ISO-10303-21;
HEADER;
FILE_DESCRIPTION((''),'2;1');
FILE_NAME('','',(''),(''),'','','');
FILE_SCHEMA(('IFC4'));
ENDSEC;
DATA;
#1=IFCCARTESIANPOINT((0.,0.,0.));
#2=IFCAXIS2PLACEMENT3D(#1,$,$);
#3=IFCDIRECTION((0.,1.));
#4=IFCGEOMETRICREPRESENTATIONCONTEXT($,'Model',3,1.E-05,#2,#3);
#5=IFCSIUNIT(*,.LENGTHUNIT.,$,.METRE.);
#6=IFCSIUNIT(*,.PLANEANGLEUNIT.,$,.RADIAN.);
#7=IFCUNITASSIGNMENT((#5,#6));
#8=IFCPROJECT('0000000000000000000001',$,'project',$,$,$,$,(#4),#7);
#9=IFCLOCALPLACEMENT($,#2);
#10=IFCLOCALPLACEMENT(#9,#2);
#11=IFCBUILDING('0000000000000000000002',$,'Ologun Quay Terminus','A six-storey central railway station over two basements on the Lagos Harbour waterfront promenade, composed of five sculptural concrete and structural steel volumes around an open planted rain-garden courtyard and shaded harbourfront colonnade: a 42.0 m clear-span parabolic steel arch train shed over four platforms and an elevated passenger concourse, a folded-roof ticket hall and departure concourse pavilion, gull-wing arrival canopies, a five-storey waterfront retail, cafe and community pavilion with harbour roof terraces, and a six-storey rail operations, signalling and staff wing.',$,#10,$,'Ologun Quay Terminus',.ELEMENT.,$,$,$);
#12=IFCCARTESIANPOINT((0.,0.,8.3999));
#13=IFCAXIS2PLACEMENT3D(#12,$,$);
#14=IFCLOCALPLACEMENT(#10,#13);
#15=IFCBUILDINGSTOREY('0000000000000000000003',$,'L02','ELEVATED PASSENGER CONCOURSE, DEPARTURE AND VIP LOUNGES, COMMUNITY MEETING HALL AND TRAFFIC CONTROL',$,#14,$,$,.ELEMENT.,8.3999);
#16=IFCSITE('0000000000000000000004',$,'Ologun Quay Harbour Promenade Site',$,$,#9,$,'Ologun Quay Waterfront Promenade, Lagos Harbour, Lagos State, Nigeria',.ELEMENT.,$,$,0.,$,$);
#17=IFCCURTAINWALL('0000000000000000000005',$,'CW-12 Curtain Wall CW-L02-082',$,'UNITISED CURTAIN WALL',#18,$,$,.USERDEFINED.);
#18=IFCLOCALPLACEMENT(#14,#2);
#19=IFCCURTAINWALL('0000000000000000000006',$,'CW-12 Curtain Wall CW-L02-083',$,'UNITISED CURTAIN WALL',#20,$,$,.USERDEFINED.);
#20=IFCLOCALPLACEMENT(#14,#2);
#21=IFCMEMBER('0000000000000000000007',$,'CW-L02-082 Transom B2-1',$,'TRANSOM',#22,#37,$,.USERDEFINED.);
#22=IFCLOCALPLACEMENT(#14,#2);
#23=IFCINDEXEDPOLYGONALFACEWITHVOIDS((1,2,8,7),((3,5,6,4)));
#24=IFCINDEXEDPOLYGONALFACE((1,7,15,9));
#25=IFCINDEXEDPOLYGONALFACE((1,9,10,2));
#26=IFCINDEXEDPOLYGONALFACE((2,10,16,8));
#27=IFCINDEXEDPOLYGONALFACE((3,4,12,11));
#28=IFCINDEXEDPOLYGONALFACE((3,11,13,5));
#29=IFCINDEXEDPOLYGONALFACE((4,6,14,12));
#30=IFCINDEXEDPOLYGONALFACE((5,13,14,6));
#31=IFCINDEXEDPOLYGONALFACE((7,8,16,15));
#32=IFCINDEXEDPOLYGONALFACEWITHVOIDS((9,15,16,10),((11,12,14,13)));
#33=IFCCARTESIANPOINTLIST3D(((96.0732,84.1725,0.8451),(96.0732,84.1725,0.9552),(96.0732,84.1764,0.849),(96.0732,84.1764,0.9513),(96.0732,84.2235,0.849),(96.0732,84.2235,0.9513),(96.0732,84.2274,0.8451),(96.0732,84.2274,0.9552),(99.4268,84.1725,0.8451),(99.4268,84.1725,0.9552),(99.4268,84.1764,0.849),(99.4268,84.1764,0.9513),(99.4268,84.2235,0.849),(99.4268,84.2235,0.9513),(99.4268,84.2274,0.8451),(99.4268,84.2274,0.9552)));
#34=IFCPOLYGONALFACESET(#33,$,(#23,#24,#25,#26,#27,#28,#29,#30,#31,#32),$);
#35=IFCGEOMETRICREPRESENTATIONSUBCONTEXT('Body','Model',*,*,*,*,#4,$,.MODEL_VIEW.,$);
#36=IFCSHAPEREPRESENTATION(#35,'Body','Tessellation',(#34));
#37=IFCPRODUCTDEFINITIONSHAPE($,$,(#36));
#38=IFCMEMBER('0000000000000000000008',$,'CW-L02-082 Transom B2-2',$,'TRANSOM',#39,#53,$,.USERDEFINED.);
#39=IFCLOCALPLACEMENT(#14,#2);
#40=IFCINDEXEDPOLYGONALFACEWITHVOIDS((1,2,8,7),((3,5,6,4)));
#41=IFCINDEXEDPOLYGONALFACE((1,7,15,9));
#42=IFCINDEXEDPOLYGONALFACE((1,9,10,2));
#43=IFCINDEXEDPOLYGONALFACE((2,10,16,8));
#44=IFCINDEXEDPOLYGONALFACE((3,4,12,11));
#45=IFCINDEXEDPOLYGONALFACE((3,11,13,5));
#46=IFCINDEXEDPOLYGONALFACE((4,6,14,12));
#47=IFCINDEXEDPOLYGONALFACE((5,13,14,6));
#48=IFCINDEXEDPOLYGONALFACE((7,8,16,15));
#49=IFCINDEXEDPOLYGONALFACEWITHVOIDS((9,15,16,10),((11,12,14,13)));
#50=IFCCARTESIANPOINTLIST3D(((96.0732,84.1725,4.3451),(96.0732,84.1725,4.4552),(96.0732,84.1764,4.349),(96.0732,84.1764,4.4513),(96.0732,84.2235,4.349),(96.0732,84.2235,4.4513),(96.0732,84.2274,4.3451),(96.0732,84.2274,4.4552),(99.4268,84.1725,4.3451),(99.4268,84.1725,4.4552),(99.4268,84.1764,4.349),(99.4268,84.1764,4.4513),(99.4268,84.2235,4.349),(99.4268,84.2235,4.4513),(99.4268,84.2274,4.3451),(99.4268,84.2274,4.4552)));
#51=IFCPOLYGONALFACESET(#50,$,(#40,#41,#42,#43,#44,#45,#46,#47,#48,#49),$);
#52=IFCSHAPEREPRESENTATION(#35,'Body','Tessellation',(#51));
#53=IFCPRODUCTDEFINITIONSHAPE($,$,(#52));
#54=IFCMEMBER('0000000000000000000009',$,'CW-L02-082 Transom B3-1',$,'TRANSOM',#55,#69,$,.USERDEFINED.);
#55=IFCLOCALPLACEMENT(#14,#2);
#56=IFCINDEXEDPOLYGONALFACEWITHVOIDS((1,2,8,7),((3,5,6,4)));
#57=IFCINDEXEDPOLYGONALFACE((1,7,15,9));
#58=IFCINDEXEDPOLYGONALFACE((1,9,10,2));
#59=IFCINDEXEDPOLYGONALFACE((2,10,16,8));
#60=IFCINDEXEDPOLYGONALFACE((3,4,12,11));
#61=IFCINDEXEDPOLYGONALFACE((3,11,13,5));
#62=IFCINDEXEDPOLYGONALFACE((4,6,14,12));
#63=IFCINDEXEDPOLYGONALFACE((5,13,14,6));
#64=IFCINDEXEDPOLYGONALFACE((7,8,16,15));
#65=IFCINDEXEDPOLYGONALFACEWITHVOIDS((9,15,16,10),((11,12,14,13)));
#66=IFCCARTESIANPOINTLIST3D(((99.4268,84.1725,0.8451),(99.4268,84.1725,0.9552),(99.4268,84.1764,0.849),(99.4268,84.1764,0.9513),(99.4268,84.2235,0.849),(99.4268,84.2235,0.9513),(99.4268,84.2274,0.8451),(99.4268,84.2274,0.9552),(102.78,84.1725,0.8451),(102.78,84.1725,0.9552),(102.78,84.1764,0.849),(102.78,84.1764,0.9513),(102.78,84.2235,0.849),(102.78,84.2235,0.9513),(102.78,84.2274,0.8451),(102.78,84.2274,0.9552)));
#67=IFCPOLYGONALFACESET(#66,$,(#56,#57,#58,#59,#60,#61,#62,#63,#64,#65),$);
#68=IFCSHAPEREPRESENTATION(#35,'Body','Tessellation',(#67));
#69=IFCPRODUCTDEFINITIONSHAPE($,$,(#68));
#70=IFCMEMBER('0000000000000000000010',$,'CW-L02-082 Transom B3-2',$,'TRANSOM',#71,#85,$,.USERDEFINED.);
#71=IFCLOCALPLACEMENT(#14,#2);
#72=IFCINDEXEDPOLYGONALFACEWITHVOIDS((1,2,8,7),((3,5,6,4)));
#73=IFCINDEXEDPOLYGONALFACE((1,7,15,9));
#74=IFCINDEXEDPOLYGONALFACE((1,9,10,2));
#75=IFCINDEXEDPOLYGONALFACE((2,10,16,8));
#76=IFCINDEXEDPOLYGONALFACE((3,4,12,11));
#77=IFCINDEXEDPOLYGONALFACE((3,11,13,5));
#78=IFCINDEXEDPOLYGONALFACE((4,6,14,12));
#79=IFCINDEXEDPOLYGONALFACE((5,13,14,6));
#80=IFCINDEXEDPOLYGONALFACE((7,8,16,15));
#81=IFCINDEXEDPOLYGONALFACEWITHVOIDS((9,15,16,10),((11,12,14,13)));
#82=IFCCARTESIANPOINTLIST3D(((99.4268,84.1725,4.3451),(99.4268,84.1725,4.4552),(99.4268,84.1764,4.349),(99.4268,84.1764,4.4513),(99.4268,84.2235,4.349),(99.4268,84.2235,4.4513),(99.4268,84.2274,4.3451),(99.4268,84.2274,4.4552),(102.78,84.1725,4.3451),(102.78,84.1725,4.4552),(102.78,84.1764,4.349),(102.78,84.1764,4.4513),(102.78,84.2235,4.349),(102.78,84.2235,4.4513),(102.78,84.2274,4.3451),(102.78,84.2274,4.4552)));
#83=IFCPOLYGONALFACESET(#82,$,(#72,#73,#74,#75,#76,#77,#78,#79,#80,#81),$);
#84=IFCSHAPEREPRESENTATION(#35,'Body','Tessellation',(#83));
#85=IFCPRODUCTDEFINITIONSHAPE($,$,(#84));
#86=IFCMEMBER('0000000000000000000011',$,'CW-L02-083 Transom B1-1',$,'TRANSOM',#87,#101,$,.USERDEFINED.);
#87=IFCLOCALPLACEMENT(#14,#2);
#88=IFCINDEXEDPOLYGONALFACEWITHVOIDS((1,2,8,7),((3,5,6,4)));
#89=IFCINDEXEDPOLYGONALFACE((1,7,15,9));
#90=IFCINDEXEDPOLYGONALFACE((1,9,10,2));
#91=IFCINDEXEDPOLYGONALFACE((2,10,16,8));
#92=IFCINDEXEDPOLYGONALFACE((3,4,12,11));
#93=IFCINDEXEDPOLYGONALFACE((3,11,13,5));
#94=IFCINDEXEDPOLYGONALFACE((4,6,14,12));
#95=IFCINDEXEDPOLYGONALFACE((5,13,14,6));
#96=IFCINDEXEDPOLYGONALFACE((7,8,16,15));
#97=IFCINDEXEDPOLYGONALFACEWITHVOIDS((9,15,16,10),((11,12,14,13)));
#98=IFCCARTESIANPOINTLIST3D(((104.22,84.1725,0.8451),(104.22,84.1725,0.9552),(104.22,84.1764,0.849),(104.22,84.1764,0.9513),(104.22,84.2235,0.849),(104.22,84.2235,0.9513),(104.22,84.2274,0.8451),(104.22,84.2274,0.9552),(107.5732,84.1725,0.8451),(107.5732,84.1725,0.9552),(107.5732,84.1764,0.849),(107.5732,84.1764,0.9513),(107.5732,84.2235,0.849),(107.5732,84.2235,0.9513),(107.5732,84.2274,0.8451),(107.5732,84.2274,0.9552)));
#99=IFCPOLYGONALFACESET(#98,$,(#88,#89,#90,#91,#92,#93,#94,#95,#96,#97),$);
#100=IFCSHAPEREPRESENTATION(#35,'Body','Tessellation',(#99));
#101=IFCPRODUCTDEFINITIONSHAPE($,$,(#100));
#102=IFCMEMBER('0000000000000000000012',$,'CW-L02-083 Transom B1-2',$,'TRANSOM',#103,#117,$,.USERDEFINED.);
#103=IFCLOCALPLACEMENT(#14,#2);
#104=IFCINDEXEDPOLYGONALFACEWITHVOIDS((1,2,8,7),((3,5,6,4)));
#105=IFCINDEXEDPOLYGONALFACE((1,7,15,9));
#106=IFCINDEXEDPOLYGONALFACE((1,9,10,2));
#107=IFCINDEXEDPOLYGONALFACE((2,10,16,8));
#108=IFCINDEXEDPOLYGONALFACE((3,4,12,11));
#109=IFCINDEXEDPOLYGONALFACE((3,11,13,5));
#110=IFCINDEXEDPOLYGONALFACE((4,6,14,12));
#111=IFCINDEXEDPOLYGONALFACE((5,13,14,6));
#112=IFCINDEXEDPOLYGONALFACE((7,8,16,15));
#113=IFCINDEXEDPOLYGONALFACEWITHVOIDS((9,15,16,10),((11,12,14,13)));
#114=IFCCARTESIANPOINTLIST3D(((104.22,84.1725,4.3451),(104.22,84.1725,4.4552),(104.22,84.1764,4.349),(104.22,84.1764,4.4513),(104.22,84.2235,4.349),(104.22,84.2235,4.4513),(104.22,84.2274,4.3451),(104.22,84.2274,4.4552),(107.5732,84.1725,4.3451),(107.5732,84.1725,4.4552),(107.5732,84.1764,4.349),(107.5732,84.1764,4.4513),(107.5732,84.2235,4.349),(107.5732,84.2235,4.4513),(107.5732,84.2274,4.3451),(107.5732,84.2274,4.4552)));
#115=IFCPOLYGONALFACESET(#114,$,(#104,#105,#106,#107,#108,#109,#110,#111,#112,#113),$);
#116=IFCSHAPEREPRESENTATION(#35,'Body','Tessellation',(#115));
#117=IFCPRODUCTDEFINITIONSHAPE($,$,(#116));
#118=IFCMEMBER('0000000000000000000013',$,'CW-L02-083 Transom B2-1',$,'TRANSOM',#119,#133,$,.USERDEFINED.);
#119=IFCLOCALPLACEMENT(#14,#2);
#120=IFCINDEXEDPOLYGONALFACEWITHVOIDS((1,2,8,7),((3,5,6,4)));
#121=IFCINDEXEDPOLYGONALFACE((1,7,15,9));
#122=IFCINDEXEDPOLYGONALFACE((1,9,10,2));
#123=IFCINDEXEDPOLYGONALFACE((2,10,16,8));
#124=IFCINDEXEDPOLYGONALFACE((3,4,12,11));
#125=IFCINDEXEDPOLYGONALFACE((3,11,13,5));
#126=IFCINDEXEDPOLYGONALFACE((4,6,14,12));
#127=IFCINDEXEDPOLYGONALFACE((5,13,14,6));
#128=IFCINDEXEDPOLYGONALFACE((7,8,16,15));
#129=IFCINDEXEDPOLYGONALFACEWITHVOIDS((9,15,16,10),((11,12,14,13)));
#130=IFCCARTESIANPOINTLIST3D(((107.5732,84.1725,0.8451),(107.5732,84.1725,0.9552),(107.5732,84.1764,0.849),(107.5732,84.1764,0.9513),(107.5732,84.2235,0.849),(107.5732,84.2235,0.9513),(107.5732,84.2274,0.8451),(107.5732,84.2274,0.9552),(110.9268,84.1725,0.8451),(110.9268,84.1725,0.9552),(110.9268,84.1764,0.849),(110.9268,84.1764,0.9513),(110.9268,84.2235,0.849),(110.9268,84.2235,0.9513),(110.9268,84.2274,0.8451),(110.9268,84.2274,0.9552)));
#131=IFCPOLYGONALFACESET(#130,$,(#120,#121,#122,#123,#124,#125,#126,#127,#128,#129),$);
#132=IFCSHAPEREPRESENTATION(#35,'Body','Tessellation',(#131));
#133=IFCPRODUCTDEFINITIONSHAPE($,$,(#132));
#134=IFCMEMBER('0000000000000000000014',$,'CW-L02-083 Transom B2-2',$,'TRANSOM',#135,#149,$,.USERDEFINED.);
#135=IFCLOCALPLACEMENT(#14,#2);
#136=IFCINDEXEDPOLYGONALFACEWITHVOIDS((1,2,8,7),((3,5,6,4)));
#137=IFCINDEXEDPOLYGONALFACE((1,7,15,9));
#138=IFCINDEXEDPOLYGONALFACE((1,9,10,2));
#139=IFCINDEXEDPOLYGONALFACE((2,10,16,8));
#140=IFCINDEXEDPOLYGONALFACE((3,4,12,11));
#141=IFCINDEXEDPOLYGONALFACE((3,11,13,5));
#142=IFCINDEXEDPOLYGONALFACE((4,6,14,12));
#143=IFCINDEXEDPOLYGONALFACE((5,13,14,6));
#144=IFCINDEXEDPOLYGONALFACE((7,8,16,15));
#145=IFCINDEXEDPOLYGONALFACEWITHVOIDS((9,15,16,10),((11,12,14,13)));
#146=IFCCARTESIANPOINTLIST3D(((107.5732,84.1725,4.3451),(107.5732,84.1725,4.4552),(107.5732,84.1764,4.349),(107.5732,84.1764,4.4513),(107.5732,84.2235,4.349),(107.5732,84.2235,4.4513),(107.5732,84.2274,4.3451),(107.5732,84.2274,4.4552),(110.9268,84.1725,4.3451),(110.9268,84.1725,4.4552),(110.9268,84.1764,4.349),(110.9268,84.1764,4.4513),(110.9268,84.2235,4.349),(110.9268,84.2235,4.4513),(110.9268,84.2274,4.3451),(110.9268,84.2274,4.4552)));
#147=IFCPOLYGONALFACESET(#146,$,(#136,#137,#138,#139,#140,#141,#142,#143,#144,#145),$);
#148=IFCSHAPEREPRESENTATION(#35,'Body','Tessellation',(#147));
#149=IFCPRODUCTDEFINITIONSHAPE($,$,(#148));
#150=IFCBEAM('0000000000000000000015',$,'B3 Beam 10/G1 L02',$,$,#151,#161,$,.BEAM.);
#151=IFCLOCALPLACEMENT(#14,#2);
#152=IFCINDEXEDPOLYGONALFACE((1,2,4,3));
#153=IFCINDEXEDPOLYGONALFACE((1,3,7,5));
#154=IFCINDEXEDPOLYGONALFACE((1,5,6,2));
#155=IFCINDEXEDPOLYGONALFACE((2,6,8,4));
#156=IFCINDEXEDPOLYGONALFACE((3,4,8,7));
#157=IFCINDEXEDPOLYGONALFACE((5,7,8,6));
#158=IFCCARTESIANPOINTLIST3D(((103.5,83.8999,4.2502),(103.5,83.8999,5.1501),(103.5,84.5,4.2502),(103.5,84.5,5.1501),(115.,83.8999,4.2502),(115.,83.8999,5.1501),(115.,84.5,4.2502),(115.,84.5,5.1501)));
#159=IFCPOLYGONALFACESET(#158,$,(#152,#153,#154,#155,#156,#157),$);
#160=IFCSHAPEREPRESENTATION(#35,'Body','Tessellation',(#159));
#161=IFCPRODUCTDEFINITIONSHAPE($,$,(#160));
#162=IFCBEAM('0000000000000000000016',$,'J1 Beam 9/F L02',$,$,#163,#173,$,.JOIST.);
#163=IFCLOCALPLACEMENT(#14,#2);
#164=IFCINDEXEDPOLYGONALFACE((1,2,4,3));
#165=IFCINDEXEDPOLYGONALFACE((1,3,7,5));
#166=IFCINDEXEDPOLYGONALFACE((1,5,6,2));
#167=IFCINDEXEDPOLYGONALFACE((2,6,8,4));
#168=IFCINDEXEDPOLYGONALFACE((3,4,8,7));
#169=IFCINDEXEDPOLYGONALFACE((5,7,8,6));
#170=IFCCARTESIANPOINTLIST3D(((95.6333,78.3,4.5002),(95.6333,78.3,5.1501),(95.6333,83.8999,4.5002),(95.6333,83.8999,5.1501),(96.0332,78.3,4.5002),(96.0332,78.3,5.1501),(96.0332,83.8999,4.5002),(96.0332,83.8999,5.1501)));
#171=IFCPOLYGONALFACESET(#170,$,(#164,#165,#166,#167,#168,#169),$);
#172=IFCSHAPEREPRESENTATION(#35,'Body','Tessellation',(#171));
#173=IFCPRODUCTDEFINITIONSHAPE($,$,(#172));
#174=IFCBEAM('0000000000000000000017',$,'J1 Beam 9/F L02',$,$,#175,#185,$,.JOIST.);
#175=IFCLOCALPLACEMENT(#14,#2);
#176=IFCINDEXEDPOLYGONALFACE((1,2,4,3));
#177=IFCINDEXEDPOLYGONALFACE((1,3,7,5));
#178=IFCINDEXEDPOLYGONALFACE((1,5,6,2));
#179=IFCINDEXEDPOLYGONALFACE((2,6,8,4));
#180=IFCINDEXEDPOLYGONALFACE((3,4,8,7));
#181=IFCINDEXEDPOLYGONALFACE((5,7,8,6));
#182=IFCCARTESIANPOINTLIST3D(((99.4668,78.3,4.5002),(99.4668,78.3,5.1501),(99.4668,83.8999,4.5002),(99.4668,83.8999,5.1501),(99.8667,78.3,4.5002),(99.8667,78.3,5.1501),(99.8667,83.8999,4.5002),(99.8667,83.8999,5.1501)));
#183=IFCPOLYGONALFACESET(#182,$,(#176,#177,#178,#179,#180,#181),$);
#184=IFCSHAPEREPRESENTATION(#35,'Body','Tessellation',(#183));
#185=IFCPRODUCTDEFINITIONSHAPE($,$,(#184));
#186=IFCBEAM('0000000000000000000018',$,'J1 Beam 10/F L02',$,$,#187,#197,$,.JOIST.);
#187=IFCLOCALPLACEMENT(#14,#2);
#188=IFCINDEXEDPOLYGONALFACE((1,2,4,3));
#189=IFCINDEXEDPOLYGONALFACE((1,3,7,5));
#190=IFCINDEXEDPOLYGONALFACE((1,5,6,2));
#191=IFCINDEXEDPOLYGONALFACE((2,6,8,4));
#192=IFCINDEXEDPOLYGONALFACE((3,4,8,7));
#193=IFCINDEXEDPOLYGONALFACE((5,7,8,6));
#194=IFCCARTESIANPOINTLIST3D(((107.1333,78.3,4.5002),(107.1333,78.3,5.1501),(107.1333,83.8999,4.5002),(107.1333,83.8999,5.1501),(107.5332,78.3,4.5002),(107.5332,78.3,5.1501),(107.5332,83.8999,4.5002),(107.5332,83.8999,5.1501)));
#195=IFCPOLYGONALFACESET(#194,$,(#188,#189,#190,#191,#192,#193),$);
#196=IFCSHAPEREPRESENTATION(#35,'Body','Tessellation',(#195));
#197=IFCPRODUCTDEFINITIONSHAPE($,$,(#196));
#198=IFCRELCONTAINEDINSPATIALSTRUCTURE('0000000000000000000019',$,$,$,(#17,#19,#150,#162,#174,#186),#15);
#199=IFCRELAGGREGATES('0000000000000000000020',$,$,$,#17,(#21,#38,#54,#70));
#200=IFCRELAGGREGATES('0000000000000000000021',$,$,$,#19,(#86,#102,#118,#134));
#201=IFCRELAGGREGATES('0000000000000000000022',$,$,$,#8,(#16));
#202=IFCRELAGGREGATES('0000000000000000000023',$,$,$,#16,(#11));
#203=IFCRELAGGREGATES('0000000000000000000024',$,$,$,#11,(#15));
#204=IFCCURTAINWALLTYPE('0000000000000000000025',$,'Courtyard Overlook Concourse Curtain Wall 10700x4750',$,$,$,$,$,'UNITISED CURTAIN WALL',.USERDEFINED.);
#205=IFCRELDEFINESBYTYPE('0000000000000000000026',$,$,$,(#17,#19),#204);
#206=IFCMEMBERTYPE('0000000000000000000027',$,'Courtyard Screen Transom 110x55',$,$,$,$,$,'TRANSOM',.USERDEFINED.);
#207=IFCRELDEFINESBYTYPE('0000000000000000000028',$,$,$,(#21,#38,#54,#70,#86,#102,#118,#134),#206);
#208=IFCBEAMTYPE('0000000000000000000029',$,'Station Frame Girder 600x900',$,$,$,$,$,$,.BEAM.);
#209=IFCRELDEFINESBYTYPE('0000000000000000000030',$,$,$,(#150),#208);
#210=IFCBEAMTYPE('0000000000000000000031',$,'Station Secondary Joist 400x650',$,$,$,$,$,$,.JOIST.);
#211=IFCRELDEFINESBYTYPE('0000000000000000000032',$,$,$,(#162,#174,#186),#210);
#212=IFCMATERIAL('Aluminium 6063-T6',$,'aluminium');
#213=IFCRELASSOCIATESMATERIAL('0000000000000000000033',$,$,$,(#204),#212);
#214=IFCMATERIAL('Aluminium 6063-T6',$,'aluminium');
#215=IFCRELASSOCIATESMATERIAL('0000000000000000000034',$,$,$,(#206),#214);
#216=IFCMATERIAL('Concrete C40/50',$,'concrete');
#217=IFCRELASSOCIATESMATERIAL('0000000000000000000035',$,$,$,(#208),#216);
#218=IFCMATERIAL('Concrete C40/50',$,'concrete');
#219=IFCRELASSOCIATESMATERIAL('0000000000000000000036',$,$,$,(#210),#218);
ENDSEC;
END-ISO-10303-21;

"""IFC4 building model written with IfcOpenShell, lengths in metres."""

from ifc_helpers import new_model, si_unit, direction, frame, origin, origin_2d, place, context, subcontext, project, spatial, rectangle, hollow_rectangle, extrude, material, material_profile, profile_set, type_object, element, aggregate, save


model = new_model("IFC4")

# Units and contexts
model_context = context("Model", 3, precision=1e-05, world=origin(), true_north=direction((0.0, 1.0)))
body_context = subcontext(model_context, "Body", "Model", "MODEL_VIEW")
ifc_project = project(units=[si_unit("LENGTHUNIT", "METRE"), si_unit("PLANEANGLEUNIT", "RADIAN")], contexts=[model_context])

# Site, building, storey
site_placement = place(None, origin())
site = spatial("IfcSite", under=ifc_project, at=site_placement, Name="Ologun Quay Harbour Promenade Site", LongName="Ologun Quay Waterfront Promenade, Lagos Harbour, Lagos State, Nigeria", CompositionType="ELEMENT", RefElevation=0.0)
building_placement = place(site_placement, origin())
building = spatial("IfcBuilding", under=site, at=building_placement, Name="Ologun Quay Terminus", Description="A six-storey central railway station over two basements on the Lagos Harbour waterfront promenade, composed of five sculptural concrete and structural steel volumes around an open planted rain-garden courtyard and shaded harbourfront colonnade: a 42.0 m clear-span parabolic steel arch train shed over four platforms and an elevated passenger concourse, a folded-roof ticket hall and departure concourse pavilion, gull-wing arrival canopies, a five-storey waterfront retail, cafe and community pavilion with harbour roof terraces, and a six-storey rail operations, signalling and staff wing.", LongName="Ologun Quay Terminus", CompositionType="ELEMENT")
storey_placement = place(building_placement, frame((0.0, 0.0, 8.3999)))
storey = spatial("IfcBuildingStorey", under=building, at=storey_placement, Name="L02", Description="ELEVATED PASSENGER CONCOURSE, DEPARTURE AND VIP LOUNGES, COMMUNITY MEETING HALL AND TRAFFIC CONTROL", CompositionType="ELEMENT", Elevation=8.3999)

# Curtain walls
ifc_material_1 = material(Name="Aluminium 6063-T6", Category="aluminium")
curtain_wall_type_1 = type_object("IfcCurtainWallType", Name="Courtyard Overlook Concourse Curtain Wall 10700x4750", ElementType="UNITISED CURTAIN WALL", PredefinedType="USERDEFINED", material=ifc_material_1)
curtain_wall_1_placement = place(storey_placement, origin())
curtain_wall_1 = element("IfcCurtainWall", 1, at=curtain_wall_1_placement, inside=storey, type_object=curtain_wall_type_1, Name="CW-12 Curtain Wall CW-L02-082", ObjectType="UNITISED CURTAIN WALL", PredefinedType="USERDEFINED")
curtain_wall_2_placement = place(storey_placement, origin())
curtain_wall_2 = element("IfcCurtainWall", 2, at=curtain_wall_2_placement, inside=storey, type_object=curtain_wall_type_1, Name="CW-12 Curtain Wall CW-L02-083", ObjectType="UNITISED CURTAIN WALL", PredefinedType="USERDEFINED")

# Members
ifc_material_2 = material(Name="Aluminium 6063-T6", Category="aluminium")
ifc_material_profile_1 = material_profile(ifc_material_2, hollow_rectangle(XDim=0.0549, YDim=0.1101, WallThickness=0.0039, at=origin_2d()), Name="ALU 110x55x4")
ifc_profile_set_1 = profile_set([ifc_material_profile_1], Name="Aluminium 6063-T6")
member_type_1 = type_object("IfcMemberType", Name="Courtyard Screen Transom 110x55", ElementType="TRANSOM", PredefinedType="USERDEFINED", material=ifc_profile_set_1)
member_1_placement = place(storey_placement, frame((96.0732, 84.2, 0.9001), z_axis=(1.0, 0.0, 0.0), x_axis=(0.0, 1.0, 0.0)))
member_1 = element("IfcMember", 3, at=member_1_placement, type_object=member_type_1, Name="CW-L02-082 Transom B2-1", ObjectType="TRANSOM", PredefinedType="USERDEFINED", context=body_context, shape_type="SweptSolid", body=[
    extrude(hollow_rectangle(XDim=0.0549, YDim=0.1101, WallThickness=0.0039, at=origin_2d()), origin(), (0.0, 0.0, 1.0), 3.3535),
])
member_2_placement = place(storey_placement, frame((96.0732, 84.2, 4.4001), z_axis=(1.0, 0.0, 0.0), x_axis=(0.0, 1.0, 0.0)))
member_2 = element("IfcMember", 4, at=member_2_placement, type_object=member_type_1, Name="CW-L02-082 Transom B2-2", ObjectType="TRANSOM", PredefinedType="USERDEFINED", context=body_context, shape_type="SweptSolid", body=[
    extrude(hollow_rectangle(XDim=0.0549, YDim=0.1101, WallThickness=0.0039, at=origin_2d()), origin(), (0.0, 0.0, 1.0), 3.3535),
])
member_3_placement = place(storey_placement, frame((99.4268, 84.2, 0.9001), z_axis=(1.0, 0.0, 0.0), x_axis=(0.0, 1.0, 0.0)))
member_3 = element("IfcMember", 5, at=member_3_placement, type_object=member_type_1, Name="CW-L02-082 Transom B3-1", ObjectType="TRANSOM", PredefinedType="USERDEFINED", context=body_context, shape_type="SweptSolid", body=[
    extrude(hollow_rectangle(XDim=0.0549, YDim=0.1101, WallThickness=0.0039, at=origin_2d()), origin(), (0.0, 0.0, 1.0), 3.3533),
])
member_4_placement = place(storey_placement, frame((99.4268, 84.2, 4.4001), z_axis=(1.0, 0.0, 0.0), x_axis=(0.0, 1.0, 0.0)))
member_4 = element("IfcMember", 6, at=member_4_placement, type_object=member_type_1, Name="CW-L02-082 Transom B3-2", ObjectType="TRANSOM", PredefinedType="USERDEFINED", context=body_context, shape_type="SweptSolid", body=[
    extrude(hollow_rectangle(XDim=0.0549, YDim=0.1101, WallThickness=0.0039, at=origin_2d()), origin(), (0.0, 0.0, 1.0), 3.3533),
])
member_5_placement = place(storey_placement, frame((104.22, 84.2, 0.9001), z_axis=(1.0, 0.0, 0.0), x_axis=(0.0, 1.0, 0.0)))
member_5 = element("IfcMember", 7, at=member_5_placement, type_object=member_type_1, Name="CW-L02-083 Transom B1-1", ObjectType="TRANSOM", PredefinedType="USERDEFINED", context=body_context, shape_type="SweptSolid", body=[
    extrude(hollow_rectangle(XDim=0.0549, YDim=0.1101, WallThickness=0.0039, at=origin_2d()), origin(), (0.0, 0.0, 1.0), 3.3533),
])
member_6_placement = place(storey_placement, frame((104.22, 84.2, 4.4001), z_axis=(1.0, 0.0, 0.0), x_axis=(0.0, 1.0, 0.0)))
member_6 = element("IfcMember", 8, at=member_6_placement, type_object=member_type_1, Name="CW-L02-083 Transom B1-2", ObjectType="TRANSOM", PredefinedType="USERDEFINED", context=body_context, shape_type="SweptSolid", body=[
    extrude(hollow_rectangle(XDim=0.0549, YDim=0.1101, WallThickness=0.0039, at=origin_2d()), origin(), (0.0, 0.0, 1.0), 3.3533),
])
member_7_placement = place(storey_placement, frame((107.5732, 84.2, 0.9001), z_axis=(1.0, 0.0, 0.0), x_axis=(0.0, 1.0, 0.0)))
member_7 = element("IfcMember", 9, at=member_7_placement, type_object=member_type_1, Name="CW-L02-083 Transom B2-1", ObjectType="TRANSOM", PredefinedType="USERDEFINED", context=body_context, shape_type="SweptSolid", body=[
    extrude(hollow_rectangle(XDim=0.0549, YDim=0.1101, WallThickness=0.0039, at=origin_2d()), origin(), (0.0, 0.0, 1.0), 3.3535),
])
member_8_placement = place(storey_placement, frame((107.5732, 84.2, 4.4001), z_axis=(1.0, 0.0, 0.0), x_axis=(0.0, 1.0, 0.0)))
member_8 = element("IfcMember", 10, at=member_8_placement, type_object=member_type_1, Name="CW-L02-083 Transom B2-2", ObjectType="TRANSOM", PredefinedType="USERDEFINED", context=body_context, shape_type="SweptSolid", body=[
    extrude(hollow_rectangle(XDim=0.0549, YDim=0.1101, WallThickness=0.0039, at=origin_2d()), origin(), (0.0, 0.0, 1.0), 3.3535),
])

# Beams
ifc_material_3 = material(Name="Concrete C40/50", Category="concrete")
ifc_material_profile_2 = material_profile(ifc_material_3, rectangle(XDim=0.6001, YDim=0.8999, at=origin_2d()), Name="RC 600x900")
ifc_profile_set_2 = profile_set([ifc_material_profile_2], Name="Concrete C40/50")
beam_type_1 = type_object("IfcBeamType", Name="Station Frame Girder 600x900", PredefinedType="BEAM", material=ifc_profile_set_2)
beam_placement = place(storey_placement, frame((103.5, 84.2, 4.7002), z_axis=(1.0, 0.0, 0.0), x_axis=(0.0, 1.0, 0.0)))
element("IfcBeam", 11, at=beam_placement, inside=storey, type_object=beam_type_1, Name="B3 Beam 10/G1 L02", PredefinedType="BEAM", context=body_context, shape_type="SweptSolid", body=[
    extrude(rectangle(XDim=0.6001, YDim=0.8999, at=origin_2d()), origin(), (0.0, 0.0, 1.0), 11.5),
])
ifc_material_4 = material(Name="Concrete C40/50", Category="concrete")
ifc_material_profile_3 = material_profile(ifc_material_4, rectangle(XDim=0.3999, YDim=0.6499, at=origin_2d()), Name="RC 400x650")
ifc_profile_set_3 = profile_set([ifc_material_profile_3], Name="Concrete C40/50")
beam_type_2 = type_object("IfcBeamType", Name="Station Secondary Joist 400x650", PredefinedType="JOIST", material=ifc_profile_set_3)
for number, where, z_axis, x_axis, name in (
    (12, (95.8333, 78.3, 4.8252), (0.0, 1.0, 0.0), (-1.0, 0.0, 0.0), "J1 Beam 9/F L02"),
    (13, (99.6667, 78.3, 4.8252), (0.0, 1.0, 0.0), (-1.0, 0.0, 0.0), "J1 Beam 9/F L02"),
    (14, (107.3333, 78.3, 4.8252), (0.0, 1.0, 0.0), (-1.0, 0.0, 0.0), "J1 Beam 10/F L02"),
):
    element("IfcBeam", number, at=place(storey_placement, frame(where, z_axis=z_axis, x_axis=x_axis)), inside=storey, type_object=beam_type_2, Name=name, PredefinedType="JOIST", context=body_context, shape_type="SweptSolid", body=[
        extrude(rectangle(XDim=0.3999, YDim=0.6499, at=origin_2d()), origin(), (0.0, 0.0, 1.0), 5.5999),
    ])

aggregate(curtain_wall_1, [member_1, member_2, member_3, member_4])
aggregate(curtain_wall_2, [member_5, member_6, member_7, member_8])

save(model, "model.ifc")
